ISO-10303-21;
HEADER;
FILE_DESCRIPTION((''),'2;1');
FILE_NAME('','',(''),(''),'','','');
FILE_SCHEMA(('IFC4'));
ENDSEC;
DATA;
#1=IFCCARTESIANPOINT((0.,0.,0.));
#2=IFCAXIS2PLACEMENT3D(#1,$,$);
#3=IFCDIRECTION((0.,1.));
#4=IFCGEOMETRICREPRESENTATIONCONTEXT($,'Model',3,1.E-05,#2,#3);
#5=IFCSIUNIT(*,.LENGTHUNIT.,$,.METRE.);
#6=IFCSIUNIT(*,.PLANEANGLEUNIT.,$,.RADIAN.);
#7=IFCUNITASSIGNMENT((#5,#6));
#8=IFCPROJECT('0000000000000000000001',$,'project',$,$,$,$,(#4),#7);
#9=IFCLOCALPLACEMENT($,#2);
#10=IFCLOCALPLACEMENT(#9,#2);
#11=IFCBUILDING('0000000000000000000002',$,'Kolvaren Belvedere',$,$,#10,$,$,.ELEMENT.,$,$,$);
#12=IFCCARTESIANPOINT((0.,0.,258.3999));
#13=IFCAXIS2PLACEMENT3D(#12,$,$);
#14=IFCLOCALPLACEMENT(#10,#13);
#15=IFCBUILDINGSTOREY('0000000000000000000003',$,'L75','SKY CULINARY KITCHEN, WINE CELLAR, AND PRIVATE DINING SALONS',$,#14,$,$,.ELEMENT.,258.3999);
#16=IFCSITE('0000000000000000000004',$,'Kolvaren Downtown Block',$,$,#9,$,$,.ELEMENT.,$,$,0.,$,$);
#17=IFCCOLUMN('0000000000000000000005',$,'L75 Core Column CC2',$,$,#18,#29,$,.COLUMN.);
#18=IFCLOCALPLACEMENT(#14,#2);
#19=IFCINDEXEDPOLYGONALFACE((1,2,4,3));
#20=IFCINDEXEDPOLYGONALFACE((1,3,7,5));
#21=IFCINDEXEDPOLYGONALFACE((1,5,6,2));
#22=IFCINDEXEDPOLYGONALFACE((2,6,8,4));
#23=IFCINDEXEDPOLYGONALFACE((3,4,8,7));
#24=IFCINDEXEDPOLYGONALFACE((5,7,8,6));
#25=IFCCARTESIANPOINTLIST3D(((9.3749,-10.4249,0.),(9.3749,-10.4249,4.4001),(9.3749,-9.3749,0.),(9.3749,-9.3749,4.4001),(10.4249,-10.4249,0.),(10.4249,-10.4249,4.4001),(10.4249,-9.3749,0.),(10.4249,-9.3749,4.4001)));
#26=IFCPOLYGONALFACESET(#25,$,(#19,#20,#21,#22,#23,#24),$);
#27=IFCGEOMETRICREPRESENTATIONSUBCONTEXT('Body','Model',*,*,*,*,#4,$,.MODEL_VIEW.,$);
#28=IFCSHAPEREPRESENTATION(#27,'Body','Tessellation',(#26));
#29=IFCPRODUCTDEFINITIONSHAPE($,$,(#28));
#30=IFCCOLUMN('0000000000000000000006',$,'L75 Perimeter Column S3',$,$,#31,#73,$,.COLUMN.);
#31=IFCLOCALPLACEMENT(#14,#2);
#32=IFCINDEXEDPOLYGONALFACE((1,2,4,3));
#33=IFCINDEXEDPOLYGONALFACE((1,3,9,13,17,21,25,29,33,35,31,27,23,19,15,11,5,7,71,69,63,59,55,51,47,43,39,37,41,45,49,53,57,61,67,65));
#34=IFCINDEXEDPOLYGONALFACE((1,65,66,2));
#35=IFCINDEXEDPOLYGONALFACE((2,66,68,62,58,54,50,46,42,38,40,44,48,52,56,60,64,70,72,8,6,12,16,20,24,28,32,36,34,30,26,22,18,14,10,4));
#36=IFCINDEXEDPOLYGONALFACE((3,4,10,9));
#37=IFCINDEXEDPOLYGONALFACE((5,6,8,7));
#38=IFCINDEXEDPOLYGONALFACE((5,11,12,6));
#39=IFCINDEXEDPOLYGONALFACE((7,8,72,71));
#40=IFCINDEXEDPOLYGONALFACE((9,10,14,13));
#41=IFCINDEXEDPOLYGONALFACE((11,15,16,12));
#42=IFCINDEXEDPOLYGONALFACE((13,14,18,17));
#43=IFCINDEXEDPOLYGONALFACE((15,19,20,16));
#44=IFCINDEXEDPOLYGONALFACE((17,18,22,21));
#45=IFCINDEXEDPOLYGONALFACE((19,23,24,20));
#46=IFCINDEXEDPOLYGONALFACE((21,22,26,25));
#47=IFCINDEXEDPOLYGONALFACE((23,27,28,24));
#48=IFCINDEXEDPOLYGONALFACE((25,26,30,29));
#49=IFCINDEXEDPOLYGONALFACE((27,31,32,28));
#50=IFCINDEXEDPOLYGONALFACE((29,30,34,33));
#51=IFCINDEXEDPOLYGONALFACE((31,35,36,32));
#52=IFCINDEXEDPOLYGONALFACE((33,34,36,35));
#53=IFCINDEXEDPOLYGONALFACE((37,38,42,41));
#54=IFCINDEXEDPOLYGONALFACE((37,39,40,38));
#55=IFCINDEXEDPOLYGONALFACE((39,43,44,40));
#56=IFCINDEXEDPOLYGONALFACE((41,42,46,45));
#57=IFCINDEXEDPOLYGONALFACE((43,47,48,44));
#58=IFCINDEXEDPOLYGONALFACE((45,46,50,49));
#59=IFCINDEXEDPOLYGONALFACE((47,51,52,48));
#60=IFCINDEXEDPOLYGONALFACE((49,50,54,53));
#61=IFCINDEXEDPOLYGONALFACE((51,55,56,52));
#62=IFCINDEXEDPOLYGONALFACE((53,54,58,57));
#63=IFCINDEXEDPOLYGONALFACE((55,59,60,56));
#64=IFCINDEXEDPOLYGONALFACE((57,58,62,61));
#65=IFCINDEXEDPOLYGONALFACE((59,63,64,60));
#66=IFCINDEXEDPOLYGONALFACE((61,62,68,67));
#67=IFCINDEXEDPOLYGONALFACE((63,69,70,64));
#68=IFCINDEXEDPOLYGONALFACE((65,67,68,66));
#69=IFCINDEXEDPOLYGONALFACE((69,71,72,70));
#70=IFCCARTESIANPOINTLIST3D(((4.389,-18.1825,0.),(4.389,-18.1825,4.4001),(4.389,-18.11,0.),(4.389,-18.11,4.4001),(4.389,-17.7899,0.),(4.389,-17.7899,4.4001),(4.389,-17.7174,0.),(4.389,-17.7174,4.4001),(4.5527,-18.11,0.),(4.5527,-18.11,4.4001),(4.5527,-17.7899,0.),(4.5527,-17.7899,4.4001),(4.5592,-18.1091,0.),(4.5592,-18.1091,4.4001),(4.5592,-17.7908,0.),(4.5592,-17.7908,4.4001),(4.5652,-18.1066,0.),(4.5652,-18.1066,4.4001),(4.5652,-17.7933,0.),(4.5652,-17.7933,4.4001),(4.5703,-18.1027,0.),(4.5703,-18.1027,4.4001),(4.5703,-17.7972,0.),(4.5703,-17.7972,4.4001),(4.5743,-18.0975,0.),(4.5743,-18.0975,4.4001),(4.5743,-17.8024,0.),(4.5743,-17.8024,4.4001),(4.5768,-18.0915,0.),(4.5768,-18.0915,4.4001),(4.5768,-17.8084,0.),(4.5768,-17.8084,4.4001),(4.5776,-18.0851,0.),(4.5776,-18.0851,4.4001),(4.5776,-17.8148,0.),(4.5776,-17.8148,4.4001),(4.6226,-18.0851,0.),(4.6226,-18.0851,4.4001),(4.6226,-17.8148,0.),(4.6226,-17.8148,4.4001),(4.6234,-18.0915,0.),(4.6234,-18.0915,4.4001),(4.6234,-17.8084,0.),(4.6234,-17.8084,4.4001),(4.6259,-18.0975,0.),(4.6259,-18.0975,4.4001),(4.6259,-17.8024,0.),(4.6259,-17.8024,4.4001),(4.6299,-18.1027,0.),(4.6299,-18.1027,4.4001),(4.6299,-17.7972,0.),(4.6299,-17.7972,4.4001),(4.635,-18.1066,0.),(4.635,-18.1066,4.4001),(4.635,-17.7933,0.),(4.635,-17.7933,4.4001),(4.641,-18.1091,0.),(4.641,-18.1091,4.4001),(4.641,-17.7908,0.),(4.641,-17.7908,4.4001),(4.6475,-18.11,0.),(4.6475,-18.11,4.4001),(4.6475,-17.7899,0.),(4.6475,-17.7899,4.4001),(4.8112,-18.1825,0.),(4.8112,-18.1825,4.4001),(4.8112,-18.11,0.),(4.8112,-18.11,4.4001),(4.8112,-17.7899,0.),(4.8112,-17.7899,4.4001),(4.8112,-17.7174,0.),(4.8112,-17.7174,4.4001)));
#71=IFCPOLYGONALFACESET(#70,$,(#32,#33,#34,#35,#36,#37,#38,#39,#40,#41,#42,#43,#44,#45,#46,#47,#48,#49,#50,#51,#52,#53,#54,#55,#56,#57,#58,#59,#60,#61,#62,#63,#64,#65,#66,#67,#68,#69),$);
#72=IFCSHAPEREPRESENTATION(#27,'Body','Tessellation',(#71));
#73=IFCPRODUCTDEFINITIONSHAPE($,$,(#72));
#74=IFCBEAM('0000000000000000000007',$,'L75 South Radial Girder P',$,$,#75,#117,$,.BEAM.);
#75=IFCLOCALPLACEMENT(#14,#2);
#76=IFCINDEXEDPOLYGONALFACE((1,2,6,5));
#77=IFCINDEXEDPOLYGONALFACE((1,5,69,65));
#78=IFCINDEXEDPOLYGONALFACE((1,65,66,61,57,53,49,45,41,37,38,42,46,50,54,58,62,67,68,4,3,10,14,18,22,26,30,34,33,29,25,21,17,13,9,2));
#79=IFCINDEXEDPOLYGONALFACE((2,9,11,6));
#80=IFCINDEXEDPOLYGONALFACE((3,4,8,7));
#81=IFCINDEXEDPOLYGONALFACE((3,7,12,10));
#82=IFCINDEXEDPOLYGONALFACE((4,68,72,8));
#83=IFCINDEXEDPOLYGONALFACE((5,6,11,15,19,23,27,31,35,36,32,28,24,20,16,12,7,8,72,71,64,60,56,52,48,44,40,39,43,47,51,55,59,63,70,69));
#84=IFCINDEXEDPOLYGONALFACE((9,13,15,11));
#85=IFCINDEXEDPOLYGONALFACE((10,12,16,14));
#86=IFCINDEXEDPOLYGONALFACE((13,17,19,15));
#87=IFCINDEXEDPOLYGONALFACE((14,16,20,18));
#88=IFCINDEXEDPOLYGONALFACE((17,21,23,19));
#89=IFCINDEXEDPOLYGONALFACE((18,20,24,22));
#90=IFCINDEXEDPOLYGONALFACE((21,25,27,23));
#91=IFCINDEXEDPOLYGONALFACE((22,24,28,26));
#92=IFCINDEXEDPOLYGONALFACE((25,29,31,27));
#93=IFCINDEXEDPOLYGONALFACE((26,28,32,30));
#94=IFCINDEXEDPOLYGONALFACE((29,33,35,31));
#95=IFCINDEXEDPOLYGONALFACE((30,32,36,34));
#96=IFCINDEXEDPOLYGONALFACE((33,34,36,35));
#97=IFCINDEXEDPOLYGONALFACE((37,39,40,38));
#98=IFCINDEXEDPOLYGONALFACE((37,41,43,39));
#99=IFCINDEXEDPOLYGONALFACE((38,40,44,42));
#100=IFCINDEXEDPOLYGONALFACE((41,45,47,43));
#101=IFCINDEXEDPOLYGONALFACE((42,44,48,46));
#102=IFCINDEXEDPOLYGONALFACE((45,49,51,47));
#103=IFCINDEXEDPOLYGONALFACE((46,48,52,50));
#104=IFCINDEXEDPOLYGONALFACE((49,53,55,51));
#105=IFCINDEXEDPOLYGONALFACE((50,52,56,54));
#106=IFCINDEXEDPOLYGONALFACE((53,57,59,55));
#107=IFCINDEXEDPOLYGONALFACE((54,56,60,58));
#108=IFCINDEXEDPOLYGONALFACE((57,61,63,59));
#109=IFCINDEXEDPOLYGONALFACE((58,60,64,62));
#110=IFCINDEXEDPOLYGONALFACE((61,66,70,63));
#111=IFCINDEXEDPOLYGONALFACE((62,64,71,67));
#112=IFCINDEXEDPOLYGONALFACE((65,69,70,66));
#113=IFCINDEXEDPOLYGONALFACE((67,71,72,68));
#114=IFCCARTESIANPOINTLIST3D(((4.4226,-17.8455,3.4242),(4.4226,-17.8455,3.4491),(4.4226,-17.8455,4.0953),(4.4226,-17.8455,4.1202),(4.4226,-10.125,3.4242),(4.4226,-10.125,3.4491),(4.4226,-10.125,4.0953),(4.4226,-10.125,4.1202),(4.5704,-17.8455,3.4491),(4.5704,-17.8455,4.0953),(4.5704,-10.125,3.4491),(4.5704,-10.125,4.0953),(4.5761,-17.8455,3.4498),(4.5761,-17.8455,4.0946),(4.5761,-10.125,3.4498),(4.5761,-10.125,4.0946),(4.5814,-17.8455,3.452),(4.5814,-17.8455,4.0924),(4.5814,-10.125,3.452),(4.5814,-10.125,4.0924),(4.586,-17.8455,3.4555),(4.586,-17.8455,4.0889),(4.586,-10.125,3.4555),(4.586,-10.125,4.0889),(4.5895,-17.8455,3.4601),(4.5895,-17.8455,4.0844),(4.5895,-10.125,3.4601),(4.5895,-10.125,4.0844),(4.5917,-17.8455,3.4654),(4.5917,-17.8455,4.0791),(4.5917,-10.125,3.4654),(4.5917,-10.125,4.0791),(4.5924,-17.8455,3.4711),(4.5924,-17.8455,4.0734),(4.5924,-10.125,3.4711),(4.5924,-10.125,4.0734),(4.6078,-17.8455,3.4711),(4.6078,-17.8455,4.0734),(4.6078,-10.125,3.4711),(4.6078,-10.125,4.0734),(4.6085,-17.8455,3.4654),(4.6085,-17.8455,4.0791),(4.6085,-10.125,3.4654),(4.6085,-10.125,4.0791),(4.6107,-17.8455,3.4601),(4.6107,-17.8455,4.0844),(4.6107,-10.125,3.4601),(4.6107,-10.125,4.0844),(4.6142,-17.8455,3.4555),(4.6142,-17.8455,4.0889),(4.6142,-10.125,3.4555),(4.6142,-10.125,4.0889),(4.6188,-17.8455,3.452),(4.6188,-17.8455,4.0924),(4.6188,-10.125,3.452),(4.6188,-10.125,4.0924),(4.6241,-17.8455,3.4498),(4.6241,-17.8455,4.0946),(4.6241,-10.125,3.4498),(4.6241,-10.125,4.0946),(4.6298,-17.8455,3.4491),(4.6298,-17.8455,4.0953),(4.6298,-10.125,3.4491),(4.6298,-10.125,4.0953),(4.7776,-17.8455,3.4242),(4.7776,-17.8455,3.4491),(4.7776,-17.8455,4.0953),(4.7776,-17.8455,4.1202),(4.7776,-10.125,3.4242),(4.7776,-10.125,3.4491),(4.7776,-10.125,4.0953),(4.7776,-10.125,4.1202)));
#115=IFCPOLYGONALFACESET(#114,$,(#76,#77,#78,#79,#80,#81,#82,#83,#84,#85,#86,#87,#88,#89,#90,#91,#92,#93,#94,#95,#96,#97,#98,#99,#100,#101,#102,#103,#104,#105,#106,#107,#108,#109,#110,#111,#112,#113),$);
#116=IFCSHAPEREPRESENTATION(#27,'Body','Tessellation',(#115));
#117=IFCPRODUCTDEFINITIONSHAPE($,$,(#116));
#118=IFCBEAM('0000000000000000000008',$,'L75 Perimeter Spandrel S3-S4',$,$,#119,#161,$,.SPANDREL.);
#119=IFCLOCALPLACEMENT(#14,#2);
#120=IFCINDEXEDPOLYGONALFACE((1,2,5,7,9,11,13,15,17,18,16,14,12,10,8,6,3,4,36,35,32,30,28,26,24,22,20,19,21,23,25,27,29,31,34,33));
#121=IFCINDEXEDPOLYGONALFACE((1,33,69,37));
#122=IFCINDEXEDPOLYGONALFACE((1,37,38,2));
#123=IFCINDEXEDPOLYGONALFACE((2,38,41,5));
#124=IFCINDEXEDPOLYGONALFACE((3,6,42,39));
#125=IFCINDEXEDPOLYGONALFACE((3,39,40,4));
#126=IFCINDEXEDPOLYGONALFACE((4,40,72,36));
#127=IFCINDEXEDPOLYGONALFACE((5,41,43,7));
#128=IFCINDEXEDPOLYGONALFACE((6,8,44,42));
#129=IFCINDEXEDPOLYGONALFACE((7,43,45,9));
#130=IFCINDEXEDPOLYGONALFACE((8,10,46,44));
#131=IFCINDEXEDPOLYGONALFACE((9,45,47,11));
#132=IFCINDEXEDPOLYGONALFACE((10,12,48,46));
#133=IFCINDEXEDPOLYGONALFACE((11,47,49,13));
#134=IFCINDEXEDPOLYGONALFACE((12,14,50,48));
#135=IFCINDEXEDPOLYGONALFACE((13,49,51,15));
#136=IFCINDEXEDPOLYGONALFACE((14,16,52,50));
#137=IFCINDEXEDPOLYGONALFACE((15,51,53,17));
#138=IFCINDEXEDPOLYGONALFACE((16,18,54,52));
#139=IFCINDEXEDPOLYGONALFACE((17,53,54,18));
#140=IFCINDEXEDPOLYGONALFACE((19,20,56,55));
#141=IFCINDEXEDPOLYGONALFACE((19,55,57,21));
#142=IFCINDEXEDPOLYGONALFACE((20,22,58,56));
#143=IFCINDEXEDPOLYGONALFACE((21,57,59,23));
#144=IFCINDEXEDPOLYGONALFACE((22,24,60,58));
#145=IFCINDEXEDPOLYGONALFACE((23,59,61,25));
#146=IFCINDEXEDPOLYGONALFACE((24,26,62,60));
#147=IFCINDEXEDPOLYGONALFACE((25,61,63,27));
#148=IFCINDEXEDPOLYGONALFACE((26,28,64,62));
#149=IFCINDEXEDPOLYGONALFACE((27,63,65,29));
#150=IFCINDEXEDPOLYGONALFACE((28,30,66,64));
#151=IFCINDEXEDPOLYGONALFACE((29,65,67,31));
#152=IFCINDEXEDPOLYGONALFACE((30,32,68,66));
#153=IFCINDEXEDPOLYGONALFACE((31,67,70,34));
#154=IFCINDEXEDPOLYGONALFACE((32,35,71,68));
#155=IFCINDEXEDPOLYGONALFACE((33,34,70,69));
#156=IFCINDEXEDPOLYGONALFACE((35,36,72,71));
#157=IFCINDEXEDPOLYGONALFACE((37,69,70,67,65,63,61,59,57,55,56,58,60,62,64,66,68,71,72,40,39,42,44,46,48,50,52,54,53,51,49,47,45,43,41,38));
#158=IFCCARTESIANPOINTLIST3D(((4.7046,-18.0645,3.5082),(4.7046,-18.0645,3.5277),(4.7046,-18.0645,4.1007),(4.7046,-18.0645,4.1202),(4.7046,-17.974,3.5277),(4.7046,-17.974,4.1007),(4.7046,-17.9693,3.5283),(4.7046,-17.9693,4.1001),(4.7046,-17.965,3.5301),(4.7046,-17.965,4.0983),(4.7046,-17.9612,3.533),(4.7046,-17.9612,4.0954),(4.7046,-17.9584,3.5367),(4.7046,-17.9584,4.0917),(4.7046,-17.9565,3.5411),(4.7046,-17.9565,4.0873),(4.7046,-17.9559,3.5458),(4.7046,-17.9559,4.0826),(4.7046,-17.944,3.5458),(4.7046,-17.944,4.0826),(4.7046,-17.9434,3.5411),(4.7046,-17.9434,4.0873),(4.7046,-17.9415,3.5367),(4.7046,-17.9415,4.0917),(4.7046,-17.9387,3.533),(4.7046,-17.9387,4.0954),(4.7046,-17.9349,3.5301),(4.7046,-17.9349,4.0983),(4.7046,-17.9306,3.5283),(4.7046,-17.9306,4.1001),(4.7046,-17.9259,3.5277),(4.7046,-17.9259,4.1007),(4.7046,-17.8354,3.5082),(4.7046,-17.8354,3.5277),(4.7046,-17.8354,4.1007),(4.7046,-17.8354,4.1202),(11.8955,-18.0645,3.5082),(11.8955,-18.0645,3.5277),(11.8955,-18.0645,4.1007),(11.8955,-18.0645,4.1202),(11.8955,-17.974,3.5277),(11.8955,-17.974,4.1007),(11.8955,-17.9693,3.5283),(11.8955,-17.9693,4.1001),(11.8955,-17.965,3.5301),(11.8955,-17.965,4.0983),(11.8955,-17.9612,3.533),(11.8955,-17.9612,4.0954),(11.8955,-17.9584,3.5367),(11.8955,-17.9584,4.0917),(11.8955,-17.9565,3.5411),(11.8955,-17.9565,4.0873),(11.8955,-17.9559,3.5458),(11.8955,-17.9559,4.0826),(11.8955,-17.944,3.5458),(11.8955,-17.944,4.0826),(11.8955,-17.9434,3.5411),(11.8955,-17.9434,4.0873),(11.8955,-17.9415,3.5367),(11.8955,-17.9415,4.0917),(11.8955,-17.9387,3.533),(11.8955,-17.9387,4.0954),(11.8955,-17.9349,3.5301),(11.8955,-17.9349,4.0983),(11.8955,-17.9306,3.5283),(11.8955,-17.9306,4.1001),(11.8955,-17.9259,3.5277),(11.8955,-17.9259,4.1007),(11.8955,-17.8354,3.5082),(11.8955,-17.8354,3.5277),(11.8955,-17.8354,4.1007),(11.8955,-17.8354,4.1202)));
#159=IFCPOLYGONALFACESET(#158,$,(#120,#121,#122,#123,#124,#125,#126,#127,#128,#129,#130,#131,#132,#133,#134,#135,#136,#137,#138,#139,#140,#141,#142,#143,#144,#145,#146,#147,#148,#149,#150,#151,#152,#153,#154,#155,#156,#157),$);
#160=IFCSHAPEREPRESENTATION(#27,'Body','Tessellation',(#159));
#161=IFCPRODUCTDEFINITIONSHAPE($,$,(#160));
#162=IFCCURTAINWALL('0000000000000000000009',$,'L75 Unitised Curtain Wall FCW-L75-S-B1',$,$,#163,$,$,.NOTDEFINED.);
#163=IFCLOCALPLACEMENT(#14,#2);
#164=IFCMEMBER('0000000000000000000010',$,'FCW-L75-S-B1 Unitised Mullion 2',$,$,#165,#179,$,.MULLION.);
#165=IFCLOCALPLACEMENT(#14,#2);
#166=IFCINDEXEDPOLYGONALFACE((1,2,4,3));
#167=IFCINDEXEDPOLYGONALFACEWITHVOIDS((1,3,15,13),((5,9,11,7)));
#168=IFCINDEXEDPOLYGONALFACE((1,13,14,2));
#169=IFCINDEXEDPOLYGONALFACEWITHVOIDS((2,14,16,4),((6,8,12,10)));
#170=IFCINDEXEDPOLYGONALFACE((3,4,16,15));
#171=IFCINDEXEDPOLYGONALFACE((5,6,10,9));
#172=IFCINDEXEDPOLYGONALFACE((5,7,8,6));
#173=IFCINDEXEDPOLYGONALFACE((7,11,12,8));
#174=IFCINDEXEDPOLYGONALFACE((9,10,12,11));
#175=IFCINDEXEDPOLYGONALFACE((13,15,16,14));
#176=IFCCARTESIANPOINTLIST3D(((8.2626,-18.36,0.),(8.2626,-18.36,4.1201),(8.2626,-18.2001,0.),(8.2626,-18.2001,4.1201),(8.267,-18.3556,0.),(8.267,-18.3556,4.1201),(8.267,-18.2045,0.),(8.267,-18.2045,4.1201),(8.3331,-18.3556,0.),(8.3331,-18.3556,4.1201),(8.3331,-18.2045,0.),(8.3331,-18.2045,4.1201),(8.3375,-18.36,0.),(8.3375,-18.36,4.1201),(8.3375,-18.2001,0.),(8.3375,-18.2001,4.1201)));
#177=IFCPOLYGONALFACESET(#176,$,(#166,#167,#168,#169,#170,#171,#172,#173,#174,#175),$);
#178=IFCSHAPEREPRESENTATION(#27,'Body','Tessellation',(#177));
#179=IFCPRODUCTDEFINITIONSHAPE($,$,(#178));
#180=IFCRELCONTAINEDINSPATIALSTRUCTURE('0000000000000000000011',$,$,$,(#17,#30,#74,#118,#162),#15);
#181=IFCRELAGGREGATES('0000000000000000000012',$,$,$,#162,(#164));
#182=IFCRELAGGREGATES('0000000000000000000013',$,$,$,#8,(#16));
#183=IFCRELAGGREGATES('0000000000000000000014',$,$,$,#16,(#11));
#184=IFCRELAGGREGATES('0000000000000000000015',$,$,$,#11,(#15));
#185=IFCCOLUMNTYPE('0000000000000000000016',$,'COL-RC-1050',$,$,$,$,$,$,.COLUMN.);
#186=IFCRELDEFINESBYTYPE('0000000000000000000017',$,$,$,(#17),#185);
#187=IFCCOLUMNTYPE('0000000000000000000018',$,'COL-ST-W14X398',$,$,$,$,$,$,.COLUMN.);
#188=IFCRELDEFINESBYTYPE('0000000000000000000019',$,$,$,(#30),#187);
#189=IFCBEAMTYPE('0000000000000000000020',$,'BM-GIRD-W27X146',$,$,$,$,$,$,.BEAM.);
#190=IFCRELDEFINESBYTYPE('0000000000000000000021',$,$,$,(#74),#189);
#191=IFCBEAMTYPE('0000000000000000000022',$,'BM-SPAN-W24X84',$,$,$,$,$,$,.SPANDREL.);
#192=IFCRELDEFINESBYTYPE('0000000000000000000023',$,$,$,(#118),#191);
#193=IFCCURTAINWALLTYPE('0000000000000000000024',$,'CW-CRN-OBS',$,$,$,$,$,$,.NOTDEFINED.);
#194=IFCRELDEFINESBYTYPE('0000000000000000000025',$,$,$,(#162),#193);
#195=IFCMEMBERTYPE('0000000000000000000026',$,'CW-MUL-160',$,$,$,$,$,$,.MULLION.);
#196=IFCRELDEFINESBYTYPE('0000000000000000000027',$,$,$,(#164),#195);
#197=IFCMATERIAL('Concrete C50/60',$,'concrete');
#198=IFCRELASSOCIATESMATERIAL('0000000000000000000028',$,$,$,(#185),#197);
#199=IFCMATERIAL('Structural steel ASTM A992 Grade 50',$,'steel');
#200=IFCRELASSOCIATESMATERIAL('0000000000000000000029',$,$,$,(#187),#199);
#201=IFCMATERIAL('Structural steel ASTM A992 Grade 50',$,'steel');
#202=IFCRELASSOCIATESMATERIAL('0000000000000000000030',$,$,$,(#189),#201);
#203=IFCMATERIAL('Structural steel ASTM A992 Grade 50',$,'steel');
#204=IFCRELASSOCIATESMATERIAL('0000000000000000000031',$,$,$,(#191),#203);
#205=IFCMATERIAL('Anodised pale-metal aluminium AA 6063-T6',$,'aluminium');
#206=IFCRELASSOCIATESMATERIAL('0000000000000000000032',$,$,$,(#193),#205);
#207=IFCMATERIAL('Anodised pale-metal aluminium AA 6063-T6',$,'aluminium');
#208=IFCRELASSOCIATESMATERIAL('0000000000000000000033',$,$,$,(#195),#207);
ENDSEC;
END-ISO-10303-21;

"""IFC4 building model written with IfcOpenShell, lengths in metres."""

from ifc_helpers import new_model, si_unit, direction, frame, origin, origin_2d, place, context, subcontext, project, spatial, rectangle, hollow_rectangle, i_section, extrude, material, material_profile, profile_set, type_object, element, aggregate, save


model = new_model("IFC4")

# Units and contexts
model_context = context("Model", 3, precision=1e-05, world=origin(), true_north=direction((0.0, 1.0)))
body_context = subcontext(model_context, "Body", "Model", "MODEL_VIEW")
ifc_project = project(units=[si_unit("LENGTHUNIT", "METRE"), si_unit("PLANEANGLEUNIT", "RADIAN")], contexts=[model_context])

# Site, building, storey
site_placement = place(None, origin())
site = spatial("IfcSite", under=ifc_project, at=site_placement, Name="Kolvaren Downtown Block", CompositionType="ELEMENT", RefElevation=0.0)
building_placement = place(site_placement, origin())
building = spatial("IfcBuilding", under=site, at=building_placement, Name="Kolvaren Belvedere", CompositionType="ELEMENT")
storey_placement = place(building_placement, frame((0.0, 0.0, 258.3999)))
storey = spatial("IfcBuildingStorey", under=building, at=storey_placement, Name="L75", Description="SKY CULINARY KITCHEN, WINE CELLAR, AND PRIVATE DINING SALONS", CompositionType="ELEMENT", Elevation=258.3999)

# Columns
ifc_material_1 = material(Name="Concrete C50/60", Category="concrete")
ifc_material_profile_1 = material_profile(ifc_material_1, rectangle(XDim=1.05, YDim=1.05, at=origin_2d()), Name="RC 1050X1050")
ifc_profile_set_1 = profile_set([ifc_material_profile_1], Name="Concrete C50/60")
column_type_1 = type_object("IfcColumnType", Name="COL-RC-1050", PredefinedType="COLUMN", material=ifc_profile_set_1)
column_1_placement = place(storey_placement, frame((9.8999, -9.8999, 0.0), z_axis=(0.0, 0.0, 1.0), x_axis=(1.0, 0.0, 0.0)))
element("IfcColumn", 1, at=column_1_placement, inside=storey, type_object=column_type_1, Name="L75 Core Column CC2", PredefinedType="COLUMN", context=body_context, shape_type="SweptSolid", body=[
    extrude(rectangle(XDim=1.05, YDim=1.05, at=origin_2d()), origin(), (0.0, 0.0, 1.0), 4.4001),
])
ifc_material_2 = material(Name="Structural steel ASTM A992 Grade 50", Category="steel")
ifc_material_profile_2 = material_profile(ifc_material_2, i_section(OverallWidth=0.4221, OverallDepth=0.4651, WebThickness=0.0449, FlangeThickness=0.0725, FilletRadius=0.0249, at=origin_2d()), Name="W14X398")
ifc_profile_set_2 = profile_set([ifc_material_profile_2], Name="Structural steel ASTM A992 Grade 50")
column_type_2 = type_object("IfcColumnType", Name="COL-ST-W14X398", PredefinedType="COLUMN", material=ifc_profile_set_2)
column_2_placement = place(storey_placement, frame((4.6001, -17.95, 0.0), z_axis=(0.0, 0.0, 1.0), x_axis=(1.0, 0.0, 0.0)))
element("IfcColumn", 2, at=column_2_placement, inside=storey, type_object=column_type_2, Name="L75 Perimeter Column S3", PredefinedType="COLUMN", context=body_context, shape_type="SweptSolid", body=[
    extrude(i_section(OverallWidth=0.4221, OverallDepth=0.4651, WebThickness=0.0449, FlangeThickness=0.0725, FilletRadius=0.0249, at=origin_2d()), origin(), (0.0, 0.0, 1.0), 4.4001),
])

# Beams
ifc_material_3 = material(Name="Structural steel ASTM A992 Grade 50", Category="steel")
ifc_material_profile_3 = material_profile(ifc_material_3, i_section(OverallWidth=0.355, OverallDepth=0.696, WebThickness=0.0154, FlangeThickness=0.0249, FilletRadius=0.022, at=origin_2d()), Name="W27X146")
ifc_profile_set_3 = profile_set([ifc_material_profile_3], Name="Structural steel ASTM A992 Grade 50")
beam_type_1 = type_object("IfcBeamType", Name="BM-GIRD-W27X146", PredefinedType="BEAM", material=ifc_profile_set_3)
beam_1_placement = place(storey_placement, frame((4.6001, -10.125, 3.7722), z_axis=(0.0, -1.0, 0.0), x_axis=(1.0, 0.0, 0.0)))
element("IfcBeam", 3, at=beam_1_placement, inside=storey, type_object=beam_type_1, Name="L75 South Radial Girder P", PredefinedType="BEAM", context=body_context, shape_type="SweptSolid", body=[
    extrude(i_section(OverallWidth=0.355, OverallDepth=0.696, WebThickness=0.0154, FlangeThickness=0.0249, FilletRadius=0.022, at=origin_2d()), origin(), (0.0, 0.0, 1.0), 7.7205),
])
ifc_material_4 = material(Name="Structural steel ASTM A992 Grade 50", Category="steel")
ifc_material_profile_4 = material_profile(ifc_material_4, i_section(OverallWidth=0.229, OverallDepth=0.6121, WebThickness=0.012, FlangeThickness=0.0195, FilletRadius=0.0181, at=origin_2d()), Name="W24X84")
ifc_profile_set_4 = profile_set([ifc_material_profile_4], Name="Structural steel ASTM A992 Grade 50")
beam_type_2 = type_object("IfcBeamType", Name="BM-SPAN-W24X84", PredefinedType="SPANDREL", material=ifc_profile_set_4)
beam_2_placement = place(storey_placement, frame((4.7046, -17.95, 3.8142), z_axis=(1.0, 0.0, 0.0), x_axis=(0.0, 1.0, 0.0)))
element("IfcBeam", 4, at=beam_2_placement, inside=storey, type_object=beam_type_2, Name="L75 Perimeter Spandrel S3-S4", PredefinedType="SPANDREL", context=body_context, shape_type="SweptSolid", body=[
    extrude(i_section(OverallWidth=0.229, OverallDepth=0.6121, WebThickness=0.012, FlangeThickness=0.0195, FilletRadius=0.0181, at=origin_2d()), origin(), (0.0, 0.0, 1.0), 7.1909),
])

# Curtain wall, member
ifc_material_5 = material(Name="Anodised pale-metal aluminium AA 6063-T6", Category="aluminium")
curtain_wall_type = type_object("IfcCurtainWallType", Name="CW-CRN-OBS", PredefinedType="NOTDEFINED", material=ifc_material_5)
curtain_wall_1_placement = place(storey_placement, origin())
curtain_wall_1 = element("IfcCurtainWall", 5, at=curtain_wall_1_placement, inside=storey, type_object=curtain_wall_type, Name="L75 Unitised Curtain Wall FCW-L75-S-B1", PredefinedType="NOTDEFINED")
ifc_material_6 = material(Name="Anodised pale-metal aluminium AA 6063-T6", Category="aluminium")
ifc_material_profile_5 = material_profile(ifc_material_6, hollow_rectangle(XDim=0.075, YDim=0.1599, WallThickness=0.0044, at=origin_2d()), Name="ALU-MUL-160X75")
ifc_profile_set_5 = profile_set([ifc_material_profile_5], Name="Anodised pale-metal aluminium AA 6063-T6")
member_type_1 = type_object("IfcMemberType", Name="CW-MUL-160", PredefinedType="MULLION", material=ifc_profile_set_5)
member_1_placement = place(storey_placement, frame((8.3, -18.28, 0.0), z_axis=(0.0, 0.0, 1.0), x_axis=(1.0, 0.0, 0.0)))
member_1 = element("IfcMember", 6, at=member_1_placement, type_object=member_type_1, Name="FCW-L75-S-B1 Unitised Mullion 2", PredefinedType="MULLION", context=body_context, shape_type="SweptSolid", body=[
    extrude(hollow_rectangle(XDim=0.075, YDim=0.1599, WallThickness=0.0044, at=origin_2d()), origin(), (0.0, 0.0, 1.0), 4.1201),
])

aggregate(curtain_wall_1, [member_1])

save(model, "model.ifc")
